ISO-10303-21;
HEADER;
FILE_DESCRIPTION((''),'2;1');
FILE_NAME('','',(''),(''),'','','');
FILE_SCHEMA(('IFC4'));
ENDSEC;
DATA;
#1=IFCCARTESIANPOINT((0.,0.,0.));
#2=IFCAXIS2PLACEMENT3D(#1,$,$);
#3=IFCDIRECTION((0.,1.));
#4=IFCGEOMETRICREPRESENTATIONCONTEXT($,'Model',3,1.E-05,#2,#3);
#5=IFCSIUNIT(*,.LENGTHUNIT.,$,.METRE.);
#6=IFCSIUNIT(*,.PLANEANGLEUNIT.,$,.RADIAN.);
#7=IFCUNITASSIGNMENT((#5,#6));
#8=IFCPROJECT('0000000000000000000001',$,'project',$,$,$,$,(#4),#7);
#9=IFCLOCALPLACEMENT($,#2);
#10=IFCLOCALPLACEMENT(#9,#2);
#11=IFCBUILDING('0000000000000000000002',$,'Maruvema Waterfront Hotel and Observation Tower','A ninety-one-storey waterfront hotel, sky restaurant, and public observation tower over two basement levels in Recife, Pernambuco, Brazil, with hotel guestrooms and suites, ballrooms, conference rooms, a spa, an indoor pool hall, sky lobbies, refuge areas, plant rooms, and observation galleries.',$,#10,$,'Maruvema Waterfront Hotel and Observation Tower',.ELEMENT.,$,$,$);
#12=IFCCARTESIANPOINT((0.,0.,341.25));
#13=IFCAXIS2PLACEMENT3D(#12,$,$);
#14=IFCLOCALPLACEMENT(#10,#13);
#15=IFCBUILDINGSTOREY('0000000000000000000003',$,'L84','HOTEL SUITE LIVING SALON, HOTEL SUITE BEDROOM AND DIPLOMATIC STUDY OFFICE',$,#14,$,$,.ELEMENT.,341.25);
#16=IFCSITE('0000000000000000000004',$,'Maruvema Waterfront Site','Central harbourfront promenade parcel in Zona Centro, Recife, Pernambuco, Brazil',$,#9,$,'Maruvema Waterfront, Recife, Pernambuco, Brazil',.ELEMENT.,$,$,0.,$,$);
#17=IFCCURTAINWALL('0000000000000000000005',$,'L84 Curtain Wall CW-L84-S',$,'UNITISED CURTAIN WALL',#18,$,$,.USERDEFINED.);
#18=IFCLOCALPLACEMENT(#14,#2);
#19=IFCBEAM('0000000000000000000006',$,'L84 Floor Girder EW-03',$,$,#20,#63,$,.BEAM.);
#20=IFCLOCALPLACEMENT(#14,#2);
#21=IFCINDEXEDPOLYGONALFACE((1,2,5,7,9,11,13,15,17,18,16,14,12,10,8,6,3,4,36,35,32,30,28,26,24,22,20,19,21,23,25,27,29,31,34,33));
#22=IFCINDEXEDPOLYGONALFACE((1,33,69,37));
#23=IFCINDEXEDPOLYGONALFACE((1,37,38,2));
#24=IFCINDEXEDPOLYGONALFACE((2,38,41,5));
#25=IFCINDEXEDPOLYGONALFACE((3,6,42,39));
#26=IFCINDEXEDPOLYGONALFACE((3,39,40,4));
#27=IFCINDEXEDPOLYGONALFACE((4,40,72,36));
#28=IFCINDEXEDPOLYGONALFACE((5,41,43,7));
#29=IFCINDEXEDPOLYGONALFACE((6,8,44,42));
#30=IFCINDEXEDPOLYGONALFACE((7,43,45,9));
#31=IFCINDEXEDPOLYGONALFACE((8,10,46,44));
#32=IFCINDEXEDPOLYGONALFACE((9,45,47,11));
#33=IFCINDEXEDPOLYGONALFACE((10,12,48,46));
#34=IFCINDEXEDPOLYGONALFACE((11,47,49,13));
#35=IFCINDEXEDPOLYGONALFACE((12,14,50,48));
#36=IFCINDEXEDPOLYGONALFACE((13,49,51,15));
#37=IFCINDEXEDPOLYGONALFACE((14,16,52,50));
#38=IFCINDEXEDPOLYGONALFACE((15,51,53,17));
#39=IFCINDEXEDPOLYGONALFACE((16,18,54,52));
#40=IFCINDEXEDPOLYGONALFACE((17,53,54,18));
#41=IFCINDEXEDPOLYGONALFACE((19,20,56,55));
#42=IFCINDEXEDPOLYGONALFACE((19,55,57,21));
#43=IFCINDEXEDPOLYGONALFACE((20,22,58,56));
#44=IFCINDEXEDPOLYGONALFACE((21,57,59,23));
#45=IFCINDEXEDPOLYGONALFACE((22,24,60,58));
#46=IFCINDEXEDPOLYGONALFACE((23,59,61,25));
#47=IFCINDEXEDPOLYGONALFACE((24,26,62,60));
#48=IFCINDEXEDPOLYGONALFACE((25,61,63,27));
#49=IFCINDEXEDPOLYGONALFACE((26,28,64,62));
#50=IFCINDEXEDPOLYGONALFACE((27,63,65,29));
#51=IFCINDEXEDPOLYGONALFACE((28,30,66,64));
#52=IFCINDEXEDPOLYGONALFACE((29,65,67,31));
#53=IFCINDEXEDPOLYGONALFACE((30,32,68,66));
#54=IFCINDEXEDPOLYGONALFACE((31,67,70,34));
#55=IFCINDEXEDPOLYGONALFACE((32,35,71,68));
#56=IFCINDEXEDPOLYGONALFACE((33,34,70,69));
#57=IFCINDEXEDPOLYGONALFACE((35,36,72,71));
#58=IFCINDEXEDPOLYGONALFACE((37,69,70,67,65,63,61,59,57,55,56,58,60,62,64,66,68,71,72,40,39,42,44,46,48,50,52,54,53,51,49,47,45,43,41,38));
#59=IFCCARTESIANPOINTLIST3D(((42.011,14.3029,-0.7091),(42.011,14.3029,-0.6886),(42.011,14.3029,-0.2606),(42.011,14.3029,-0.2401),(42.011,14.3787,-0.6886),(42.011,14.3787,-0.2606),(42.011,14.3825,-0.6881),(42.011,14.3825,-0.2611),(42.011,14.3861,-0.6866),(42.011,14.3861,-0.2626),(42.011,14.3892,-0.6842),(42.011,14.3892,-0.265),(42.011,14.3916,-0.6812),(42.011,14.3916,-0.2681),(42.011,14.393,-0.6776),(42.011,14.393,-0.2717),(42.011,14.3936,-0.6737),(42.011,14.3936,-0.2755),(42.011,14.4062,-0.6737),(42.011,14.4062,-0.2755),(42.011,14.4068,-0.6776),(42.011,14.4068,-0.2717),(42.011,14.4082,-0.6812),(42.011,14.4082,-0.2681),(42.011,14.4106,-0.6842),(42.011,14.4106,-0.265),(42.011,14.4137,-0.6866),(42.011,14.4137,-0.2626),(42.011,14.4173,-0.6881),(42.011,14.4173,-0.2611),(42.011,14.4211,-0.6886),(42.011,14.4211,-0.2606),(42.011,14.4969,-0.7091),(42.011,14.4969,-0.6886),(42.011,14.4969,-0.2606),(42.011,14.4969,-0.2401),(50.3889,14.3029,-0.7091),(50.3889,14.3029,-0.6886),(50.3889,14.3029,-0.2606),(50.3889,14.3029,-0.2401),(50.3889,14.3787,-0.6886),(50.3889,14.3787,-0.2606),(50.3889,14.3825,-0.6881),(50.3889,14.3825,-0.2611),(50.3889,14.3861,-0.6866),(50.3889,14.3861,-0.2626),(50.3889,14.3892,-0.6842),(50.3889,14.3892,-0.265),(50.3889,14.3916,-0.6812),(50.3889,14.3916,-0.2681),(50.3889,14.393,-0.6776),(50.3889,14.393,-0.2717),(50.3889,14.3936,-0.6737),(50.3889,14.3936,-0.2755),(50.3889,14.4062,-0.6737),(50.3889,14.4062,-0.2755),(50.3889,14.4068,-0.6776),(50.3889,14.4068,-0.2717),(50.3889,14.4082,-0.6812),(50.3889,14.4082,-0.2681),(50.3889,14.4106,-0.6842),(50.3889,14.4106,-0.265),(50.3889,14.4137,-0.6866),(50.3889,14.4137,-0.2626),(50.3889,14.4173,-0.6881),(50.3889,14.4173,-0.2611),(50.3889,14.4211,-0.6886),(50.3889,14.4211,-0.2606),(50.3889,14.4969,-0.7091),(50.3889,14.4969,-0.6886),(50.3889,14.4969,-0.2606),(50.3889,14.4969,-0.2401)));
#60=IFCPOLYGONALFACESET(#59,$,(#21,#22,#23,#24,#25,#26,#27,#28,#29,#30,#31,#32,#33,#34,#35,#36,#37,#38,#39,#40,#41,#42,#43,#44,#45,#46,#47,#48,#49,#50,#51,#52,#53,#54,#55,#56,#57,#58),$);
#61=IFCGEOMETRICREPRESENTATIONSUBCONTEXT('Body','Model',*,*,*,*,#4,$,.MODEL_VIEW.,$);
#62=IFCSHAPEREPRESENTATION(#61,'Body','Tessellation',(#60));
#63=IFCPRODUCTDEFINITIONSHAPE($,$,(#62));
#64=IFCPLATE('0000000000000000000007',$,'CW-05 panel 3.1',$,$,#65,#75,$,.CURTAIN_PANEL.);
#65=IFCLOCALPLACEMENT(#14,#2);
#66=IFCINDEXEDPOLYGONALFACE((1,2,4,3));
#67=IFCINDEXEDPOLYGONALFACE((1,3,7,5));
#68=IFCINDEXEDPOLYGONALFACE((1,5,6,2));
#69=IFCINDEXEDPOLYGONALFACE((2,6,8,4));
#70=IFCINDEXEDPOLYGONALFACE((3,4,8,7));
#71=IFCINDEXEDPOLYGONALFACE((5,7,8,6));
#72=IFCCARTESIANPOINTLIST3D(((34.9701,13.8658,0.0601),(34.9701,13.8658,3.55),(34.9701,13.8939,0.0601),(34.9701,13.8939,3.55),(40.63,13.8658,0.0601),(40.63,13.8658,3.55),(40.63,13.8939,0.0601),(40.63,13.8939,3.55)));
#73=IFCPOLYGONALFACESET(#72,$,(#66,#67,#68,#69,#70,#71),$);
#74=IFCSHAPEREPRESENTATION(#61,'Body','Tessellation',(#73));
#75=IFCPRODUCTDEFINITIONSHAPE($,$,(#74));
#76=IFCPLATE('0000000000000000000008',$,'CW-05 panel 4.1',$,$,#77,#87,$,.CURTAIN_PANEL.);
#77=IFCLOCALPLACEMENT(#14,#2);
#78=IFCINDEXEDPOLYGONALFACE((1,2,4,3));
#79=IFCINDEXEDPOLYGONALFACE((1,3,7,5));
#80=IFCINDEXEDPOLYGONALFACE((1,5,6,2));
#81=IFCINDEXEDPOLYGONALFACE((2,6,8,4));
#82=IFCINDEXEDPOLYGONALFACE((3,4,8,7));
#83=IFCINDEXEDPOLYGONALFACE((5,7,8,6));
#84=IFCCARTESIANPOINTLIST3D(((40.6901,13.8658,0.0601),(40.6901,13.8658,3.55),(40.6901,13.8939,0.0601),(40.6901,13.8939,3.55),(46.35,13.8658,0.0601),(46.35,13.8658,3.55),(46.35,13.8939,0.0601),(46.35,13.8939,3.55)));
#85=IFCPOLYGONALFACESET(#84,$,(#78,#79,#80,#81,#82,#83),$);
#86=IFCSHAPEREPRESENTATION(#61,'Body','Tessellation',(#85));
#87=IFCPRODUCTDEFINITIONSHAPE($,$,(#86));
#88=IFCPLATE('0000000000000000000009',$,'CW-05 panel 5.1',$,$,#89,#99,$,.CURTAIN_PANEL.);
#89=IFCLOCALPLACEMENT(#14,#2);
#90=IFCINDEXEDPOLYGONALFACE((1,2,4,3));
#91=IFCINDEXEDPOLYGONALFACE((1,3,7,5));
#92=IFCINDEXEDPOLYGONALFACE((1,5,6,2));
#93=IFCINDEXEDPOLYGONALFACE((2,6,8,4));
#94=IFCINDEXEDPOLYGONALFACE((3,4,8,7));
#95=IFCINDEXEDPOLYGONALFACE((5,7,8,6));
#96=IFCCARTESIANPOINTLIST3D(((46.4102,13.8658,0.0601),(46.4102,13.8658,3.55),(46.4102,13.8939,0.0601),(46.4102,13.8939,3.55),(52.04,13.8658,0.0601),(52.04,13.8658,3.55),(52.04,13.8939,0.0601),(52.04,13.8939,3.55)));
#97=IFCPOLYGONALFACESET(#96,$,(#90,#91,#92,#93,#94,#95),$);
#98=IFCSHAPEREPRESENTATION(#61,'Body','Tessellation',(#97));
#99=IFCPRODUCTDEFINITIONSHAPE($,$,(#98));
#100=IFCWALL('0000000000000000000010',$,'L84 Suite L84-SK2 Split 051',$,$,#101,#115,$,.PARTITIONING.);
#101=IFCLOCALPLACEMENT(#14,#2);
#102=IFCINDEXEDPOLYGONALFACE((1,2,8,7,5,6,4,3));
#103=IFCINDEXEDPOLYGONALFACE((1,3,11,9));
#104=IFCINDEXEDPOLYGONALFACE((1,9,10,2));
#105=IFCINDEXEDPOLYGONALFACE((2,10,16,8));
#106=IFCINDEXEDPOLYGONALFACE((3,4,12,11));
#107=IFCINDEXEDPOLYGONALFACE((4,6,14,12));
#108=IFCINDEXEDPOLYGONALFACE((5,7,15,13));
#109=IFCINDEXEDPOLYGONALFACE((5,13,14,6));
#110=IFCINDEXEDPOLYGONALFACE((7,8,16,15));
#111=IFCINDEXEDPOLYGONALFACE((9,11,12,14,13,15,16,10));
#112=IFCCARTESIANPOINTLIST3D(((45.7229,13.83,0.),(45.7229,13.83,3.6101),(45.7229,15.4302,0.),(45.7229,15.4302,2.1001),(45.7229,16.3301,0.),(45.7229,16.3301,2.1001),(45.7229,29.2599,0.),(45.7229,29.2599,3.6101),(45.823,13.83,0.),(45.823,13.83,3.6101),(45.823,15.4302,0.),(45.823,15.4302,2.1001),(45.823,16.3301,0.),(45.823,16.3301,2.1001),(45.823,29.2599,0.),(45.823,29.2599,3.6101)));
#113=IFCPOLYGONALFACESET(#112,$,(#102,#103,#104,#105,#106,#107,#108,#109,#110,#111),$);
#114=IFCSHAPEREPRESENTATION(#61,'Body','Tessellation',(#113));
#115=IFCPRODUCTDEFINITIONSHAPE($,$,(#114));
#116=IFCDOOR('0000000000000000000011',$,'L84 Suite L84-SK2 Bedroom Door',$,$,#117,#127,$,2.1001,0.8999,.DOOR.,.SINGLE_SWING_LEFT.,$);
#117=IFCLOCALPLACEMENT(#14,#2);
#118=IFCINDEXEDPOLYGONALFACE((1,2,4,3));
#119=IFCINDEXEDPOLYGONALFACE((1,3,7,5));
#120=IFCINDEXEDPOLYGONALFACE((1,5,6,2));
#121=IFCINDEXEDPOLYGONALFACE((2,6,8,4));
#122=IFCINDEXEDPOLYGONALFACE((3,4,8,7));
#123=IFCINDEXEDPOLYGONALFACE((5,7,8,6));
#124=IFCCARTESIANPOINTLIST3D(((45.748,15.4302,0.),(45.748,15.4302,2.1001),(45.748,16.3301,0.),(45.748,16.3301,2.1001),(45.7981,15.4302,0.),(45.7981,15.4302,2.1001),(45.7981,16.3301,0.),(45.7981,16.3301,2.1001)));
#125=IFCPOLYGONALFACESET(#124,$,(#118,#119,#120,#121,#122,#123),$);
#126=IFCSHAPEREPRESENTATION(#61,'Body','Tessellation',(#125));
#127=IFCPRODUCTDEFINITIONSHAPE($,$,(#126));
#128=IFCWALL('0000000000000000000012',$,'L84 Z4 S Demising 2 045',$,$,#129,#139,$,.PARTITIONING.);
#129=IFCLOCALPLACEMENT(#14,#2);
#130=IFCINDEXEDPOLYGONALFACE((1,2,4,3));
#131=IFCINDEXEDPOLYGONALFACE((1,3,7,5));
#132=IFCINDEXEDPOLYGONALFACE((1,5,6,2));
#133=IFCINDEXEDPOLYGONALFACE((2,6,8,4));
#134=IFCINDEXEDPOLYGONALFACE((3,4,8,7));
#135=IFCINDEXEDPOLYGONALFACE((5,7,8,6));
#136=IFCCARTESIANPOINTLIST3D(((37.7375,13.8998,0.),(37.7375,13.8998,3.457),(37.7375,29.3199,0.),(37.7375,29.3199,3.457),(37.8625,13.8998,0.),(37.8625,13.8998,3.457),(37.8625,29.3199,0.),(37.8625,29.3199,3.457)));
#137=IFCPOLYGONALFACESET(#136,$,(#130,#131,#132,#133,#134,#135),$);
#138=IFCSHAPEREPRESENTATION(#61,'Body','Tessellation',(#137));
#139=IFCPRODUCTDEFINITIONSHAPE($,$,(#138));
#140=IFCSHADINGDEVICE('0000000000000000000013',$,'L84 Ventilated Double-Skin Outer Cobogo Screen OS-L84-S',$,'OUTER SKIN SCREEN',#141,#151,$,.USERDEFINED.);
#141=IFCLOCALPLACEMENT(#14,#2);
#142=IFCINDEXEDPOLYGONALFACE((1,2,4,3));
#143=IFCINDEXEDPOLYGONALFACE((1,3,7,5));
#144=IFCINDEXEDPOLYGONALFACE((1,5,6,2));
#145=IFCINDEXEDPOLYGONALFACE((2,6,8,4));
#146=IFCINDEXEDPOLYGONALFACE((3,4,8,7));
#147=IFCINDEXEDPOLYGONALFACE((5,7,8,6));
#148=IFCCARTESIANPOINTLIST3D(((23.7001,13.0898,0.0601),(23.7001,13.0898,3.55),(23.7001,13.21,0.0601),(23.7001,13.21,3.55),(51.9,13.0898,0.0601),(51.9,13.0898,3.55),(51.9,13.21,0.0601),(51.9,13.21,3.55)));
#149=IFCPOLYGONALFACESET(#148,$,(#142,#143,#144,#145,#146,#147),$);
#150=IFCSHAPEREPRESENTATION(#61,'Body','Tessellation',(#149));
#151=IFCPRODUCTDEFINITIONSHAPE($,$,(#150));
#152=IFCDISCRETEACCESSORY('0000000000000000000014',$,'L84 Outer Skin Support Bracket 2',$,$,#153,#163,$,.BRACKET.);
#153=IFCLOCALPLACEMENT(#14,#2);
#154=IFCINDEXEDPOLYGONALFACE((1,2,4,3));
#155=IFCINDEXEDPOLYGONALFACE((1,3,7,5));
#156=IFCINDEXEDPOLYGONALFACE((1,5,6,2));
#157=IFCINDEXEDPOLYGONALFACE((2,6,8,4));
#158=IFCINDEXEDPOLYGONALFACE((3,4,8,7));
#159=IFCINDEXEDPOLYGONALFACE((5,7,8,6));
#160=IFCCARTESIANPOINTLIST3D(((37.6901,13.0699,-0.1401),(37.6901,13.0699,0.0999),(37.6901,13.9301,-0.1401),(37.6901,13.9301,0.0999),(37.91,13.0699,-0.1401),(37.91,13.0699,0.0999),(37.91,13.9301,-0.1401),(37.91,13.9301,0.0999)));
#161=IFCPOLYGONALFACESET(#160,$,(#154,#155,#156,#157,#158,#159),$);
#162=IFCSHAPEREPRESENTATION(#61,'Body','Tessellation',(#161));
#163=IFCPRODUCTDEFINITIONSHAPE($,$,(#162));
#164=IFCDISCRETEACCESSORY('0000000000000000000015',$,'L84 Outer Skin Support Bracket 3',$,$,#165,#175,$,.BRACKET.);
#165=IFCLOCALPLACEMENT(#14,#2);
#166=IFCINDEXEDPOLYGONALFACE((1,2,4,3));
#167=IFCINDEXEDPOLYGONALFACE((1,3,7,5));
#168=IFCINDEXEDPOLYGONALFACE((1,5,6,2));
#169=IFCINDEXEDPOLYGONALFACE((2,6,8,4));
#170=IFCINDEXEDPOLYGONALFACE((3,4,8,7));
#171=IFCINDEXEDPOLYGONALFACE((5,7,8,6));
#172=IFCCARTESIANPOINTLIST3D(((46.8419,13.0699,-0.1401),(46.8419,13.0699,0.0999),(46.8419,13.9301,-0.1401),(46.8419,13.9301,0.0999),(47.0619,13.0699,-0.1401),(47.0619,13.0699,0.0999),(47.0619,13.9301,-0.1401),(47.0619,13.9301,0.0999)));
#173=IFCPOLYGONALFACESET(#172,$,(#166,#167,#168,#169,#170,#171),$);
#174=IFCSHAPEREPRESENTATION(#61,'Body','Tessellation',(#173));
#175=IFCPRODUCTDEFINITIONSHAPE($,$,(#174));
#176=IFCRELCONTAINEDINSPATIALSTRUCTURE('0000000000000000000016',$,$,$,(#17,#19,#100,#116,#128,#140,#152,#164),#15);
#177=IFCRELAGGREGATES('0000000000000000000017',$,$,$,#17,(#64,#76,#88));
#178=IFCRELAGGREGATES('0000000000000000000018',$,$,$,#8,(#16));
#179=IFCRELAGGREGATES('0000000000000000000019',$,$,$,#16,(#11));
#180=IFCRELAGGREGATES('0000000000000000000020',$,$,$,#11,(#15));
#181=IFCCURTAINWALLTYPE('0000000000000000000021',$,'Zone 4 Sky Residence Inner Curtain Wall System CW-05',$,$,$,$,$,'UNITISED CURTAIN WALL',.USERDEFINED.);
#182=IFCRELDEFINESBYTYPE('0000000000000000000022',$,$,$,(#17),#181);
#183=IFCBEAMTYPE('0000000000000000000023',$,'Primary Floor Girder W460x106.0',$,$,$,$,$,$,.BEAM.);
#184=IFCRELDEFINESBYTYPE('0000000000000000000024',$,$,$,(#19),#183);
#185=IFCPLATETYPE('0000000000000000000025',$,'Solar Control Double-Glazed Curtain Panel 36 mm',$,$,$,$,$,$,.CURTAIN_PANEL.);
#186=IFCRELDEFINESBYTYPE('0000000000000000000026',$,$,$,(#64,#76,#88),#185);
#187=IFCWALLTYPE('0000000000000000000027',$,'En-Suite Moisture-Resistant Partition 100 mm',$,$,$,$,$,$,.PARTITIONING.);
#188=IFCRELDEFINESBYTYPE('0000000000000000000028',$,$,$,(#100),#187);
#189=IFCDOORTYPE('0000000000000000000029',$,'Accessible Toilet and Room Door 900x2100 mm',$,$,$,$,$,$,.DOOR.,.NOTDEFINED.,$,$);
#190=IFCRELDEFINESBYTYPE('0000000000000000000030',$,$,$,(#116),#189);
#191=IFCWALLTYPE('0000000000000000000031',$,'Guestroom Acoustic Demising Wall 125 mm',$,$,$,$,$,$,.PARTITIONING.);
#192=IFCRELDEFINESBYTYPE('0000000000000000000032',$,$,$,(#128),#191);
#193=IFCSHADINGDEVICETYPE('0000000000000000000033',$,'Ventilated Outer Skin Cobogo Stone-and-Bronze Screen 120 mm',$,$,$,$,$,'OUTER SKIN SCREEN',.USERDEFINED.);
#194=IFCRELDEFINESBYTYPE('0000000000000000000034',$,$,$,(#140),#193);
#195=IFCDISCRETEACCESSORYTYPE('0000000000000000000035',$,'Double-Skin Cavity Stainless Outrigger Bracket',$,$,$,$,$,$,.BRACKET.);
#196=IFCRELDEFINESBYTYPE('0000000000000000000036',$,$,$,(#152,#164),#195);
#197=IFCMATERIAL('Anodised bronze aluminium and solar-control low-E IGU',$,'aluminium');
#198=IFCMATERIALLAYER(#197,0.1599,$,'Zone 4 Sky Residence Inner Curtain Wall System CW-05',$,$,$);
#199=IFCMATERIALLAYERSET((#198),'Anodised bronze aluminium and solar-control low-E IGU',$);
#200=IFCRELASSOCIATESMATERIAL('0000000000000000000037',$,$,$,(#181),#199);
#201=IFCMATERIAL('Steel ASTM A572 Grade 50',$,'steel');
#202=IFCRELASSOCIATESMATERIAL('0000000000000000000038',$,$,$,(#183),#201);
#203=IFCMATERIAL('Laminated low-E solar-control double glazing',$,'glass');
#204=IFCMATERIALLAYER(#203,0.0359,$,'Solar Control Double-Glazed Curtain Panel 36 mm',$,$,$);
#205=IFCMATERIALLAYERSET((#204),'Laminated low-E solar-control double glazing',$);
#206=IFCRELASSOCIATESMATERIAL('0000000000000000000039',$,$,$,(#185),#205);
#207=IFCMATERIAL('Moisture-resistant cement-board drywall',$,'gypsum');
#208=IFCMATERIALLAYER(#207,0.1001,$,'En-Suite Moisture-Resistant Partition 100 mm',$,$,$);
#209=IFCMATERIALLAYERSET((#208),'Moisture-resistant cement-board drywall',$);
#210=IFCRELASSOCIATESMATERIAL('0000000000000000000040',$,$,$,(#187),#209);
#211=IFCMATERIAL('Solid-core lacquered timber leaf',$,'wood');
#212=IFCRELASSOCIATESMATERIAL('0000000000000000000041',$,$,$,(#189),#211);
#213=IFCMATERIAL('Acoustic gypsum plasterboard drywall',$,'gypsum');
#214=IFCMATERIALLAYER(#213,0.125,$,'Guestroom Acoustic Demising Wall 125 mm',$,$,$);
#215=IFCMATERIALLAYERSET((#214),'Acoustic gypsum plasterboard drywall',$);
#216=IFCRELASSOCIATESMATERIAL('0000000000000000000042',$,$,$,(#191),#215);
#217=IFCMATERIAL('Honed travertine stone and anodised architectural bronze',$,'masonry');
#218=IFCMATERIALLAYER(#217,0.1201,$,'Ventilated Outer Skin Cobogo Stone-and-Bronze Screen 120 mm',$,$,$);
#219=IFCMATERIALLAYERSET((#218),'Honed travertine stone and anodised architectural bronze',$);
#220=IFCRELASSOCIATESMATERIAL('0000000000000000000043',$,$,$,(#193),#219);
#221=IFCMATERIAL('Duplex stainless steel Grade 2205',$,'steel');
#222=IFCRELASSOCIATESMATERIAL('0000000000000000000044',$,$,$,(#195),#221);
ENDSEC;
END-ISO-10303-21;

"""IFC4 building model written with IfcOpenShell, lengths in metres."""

from ifc_helpers import new_model, si_unit, direction, frame, frame_2d, origin, origin_2d, place, context, subcontext, project, spatial, rectangle, i_section, extrude, material, layer, layer_set, material_profile, profile_set, type_object, element, fill, aggregate, save


model = new_model("IFC4")

# Units and contexts
model_context = context("Model", 3, precision=1e-05, world=origin(), true_north=direction((0.0, 1.0)))
body_context = subcontext(model_context, "Body", "Model", "MODEL_VIEW")
ifc_project = project(units=[si_unit("LENGTHUNIT", "METRE"), si_unit("PLANEANGLEUNIT", "RADIAN")], contexts=[model_context])

# Site, building, storey
site_placement = place(None, origin())
site = spatial("IfcSite", under=ifc_project, at=site_placement, Name="Maruvema Waterfront Site", Description="Central harbourfront promenade parcel in Zona Centro, Recife, Pernambuco, Brazil", LongName="Maruvema Waterfront, Recife, Pernambuco, Brazil", CompositionType="ELEMENT", RefElevation=0.0)
building_placement = place(site_placement, origin())
building = spatial("IfcBuilding", under=site, at=building_placement, Name="Maruvema Waterfront Hotel and Observation Tower", Description="A ninety-one-storey waterfront hotel, sky restaurant, and public observation tower over two basement levels in Recife, Pernambuco, Brazil, with hotel guestrooms and suites, ballrooms, conference rooms, a spa, an indoor pool hall, sky lobbies, refuge areas, plant rooms, and observation galleries.", LongName="Maruvema Waterfront Hotel and Observation Tower", CompositionType="ELEMENT")
storey_placement = place(building_placement, frame((0.0, 0.0, 341.25)))
storey = spatial("IfcBuildingStorey", under=building, at=storey_placement, Name="L84", Description="HOTEL SUITE LIVING SALON, HOTEL SUITE BEDROOM AND DIPLOMATIC STUDY OFFICE", CompositionType="ELEMENT", Elevation=341.25)

# Curtain wall
ifc_material_1 = material(Name="Anodised bronze aluminium and solar-control low-E IGU", Category="aluminium")
ifc_layer_1 = layer(ifc_material_1, 0.1599, Name="Zone 4 Sky Residence Inner Curtain Wall System CW-05")
ifc_layer_set_1 = layer_set([ifc_layer_1], Name="Anodised bronze aluminium and solar-control low-E IGU")
curtain_wall_type = type_object("IfcCurtainWallType", Name="Zone 4 Sky Residence Inner Curtain Wall System CW-05", ElementType="UNITISED CURTAIN WALL", PredefinedType="USERDEFINED", material=ifc_layer_set_1)
curtain_wall_placement = place(storey_placement, origin())
curtain_wall = element("IfcCurtainWall", 1, at=curtain_wall_placement, inside=storey, type_object=curtain_wall_type, Name="L84 Curtain Wall CW-L84-S", ObjectType="UNITISED CURTAIN WALL", PredefinedType="USERDEFINED")

# Beam
ifc_material_2 = material(Name="Steel ASTM A572 Grade 50", Category="steel")
ifc_material_profile_1 = material_profile(ifc_material_2, i_section(OverallWidth=0.1941, OverallDepth=0.469, WebThickness=0.0127, FlangeThickness=0.0205, FilletRadius=0.0149, at=origin_2d()), Name="W460x106.0")
ifc_profile_set_1 = profile_set([ifc_material_profile_1], Name="Steel ASTM A572 Grade 50")
beam_type = type_object("IfcBeamType", Name="Primary Floor Girder W460x106.0", PredefinedType="BEAM", material=ifc_profile_set_1)
beam_placement = place(storey_placement, frame((42.011, 14.3999, -0.4746), z_axis=(1.0, 0.0, 0.0), x_axis=(0.0, 1.0, 0.0)))
element("IfcBeam", 2, at=beam_placement, inside=storey, type_object=beam_type, Name="L84 Floor Girder EW-03", PredefinedType="BEAM", context=body_context, shape_type="SweptSolid", body=[
    extrude(i_section(OverallWidth=0.1941, OverallDepth=0.469, WebThickness=0.0127, FlangeThickness=0.0205, FilletRadius=0.0149, at=origin_2d()), origin(), (0.0, 0.0, 1.0), 8.3779),
])

# Plates
ifc_material_3 = material(Name="Laminated low-E solar-control double glazing", Category="glass")
ifc_layer_2 = layer(ifc_material_3, 0.0359, Name="Solar Control Double-Glazed Curtain Panel 36 mm")
ifc_layer_set_2 = layer_set([ifc_layer_2], Name="Laminated low-E solar-control double glazing")
plate_type = type_object("IfcPlateType", Name="Solar Control Double-Glazed Curtain Panel 36 mm", PredefinedType="CURTAIN_PANEL", material=ifc_layer_set_2)
plate_1_placement = place(storey_placement, frame((37.8, 13.8799, 0.0601), z_axis=(0.0, 0.0, 1.0), x_axis=(1.0, 0.0, 0.0)))
plate_1 = element("IfcPlate", 3, at=plate_1_placement, type_object=plate_type, Name="CW-05 panel 3.1", PredefinedType="CURTAIN_PANEL", context=body_context, shape_type="SweptSolid", body=[
    extrude(rectangle(XDim=5.6599, YDim=0.0281, at=origin_2d()), origin(), (0.0, 0.0, 1.0), 3.49),
])
plate_2_placement = place(storey_placement, frame((43.52, 13.8799, 0.0601), z_axis=(0.0, 0.0, 1.0), x_axis=(1.0, 0.0, 0.0)))
plate_2 = element("IfcPlate", 4, at=plate_2_placement, type_object=plate_type, Name="CW-05 panel 4.1", PredefinedType="CURTAIN_PANEL", context=body_context, shape_type="SweptSolid", body=[
    extrude(rectangle(XDim=5.6599, YDim=0.0281, at=origin_2d()), origin(), (0.0, 0.0, 1.0), 3.49),
])
plate_3_placement = place(storey_placement, frame((49.2251, 13.8799, 0.0601), z_axis=(0.0, 0.0, 1.0), x_axis=(1.0, 0.0, 0.0)))
plate_3 = element("IfcPlate", 5, at=plate_3_placement, type_object=plate_type, Name="CW-05 panel 5.1", PredefinedType="CURTAIN_PANEL", context=body_context, shape_type="SweptSolid", body=[
    extrude(rectangle(XDim=5.6299, YDim=0.0281, at=origin_2d()), origin(), (0.0, 0.0, 1.0), 3.49),
])
aggregate(curtain_wall, [plate_1, plate_2, plate_3])

# Wall, opening, door
ifc_material_4 = material(Name="Moisture-resistant cement-board drywall", Category="gypsum")
ifc_layer_3 = layer(ifc_material_4, 0.1001, Name="En-Suite Moisture-Resistant Partition 100 mm")
ifc_layer_set_3 = layer_set([ifc_layer_3], Name="Moisture-resistant cement-board drywall")
wall_type_1 = type_object("IfcWallType", Name="En-Suite Moisture-Resistant Partition 100 mm", PredefinedType="PARTITIONING", material=ifc_layer_set_3)
wall_1_placement = place(storey_placement, frame((45.7729, 13.8301, 0.0), z_axis=(0.0, 0.0, 1.0), x_axis=(0.0, 1.0, 0.0)))
wall_1 = element("IfcWall", 6, at=wall_1_placement, inside=storey, type_object=wall_type_1, Name="L84 Suite L84-SK2 Split 051", PredefinedType="PARTITIONING", context=body_context, shape_type="SweptSolid", body=[
    extrude(rectangle(XDim=15.4299, YDim=0.1001, at=frame_2d((7.7148, 0.0))), origin(), (0.0, 0.0, 1.0), 3.6101),
])
opening_placement = place(wall_1_placement, frame((1.6001, 0.0, 0.0)))
opening = element("IfcOpeningElement", 7, at=opening_placement, cuts=wall_1, PredefinedType="OPENING", context=body_context, shape_type="SweptSolid", body=[
    extrude(rectangle(XDim=0.8999, YDim=2.1001, at=frame_2d((0.45, 1.05))), frame((0.0, 0.0601, 0.0), z_axis=(0.0, -1.0, 0.0), x_axis=(1.0, 0.0, 0.0)), (0.0, 0.0, 1.0), 0.1201),
])
ifc_material_5 = material(Name="Solid-core lacquered timber leaf", Category="wood")
door_type = type_object("IfcDoorType", Name="Accessible Toilet and Room Door 900x2100 mm", OperationType="NOTDEFINED", PredefinedType="DOOR", material=ifc_material_5)
door_placement = place(opening_placement, origin())
door = element("IfcDoor", 8, at=door_placement, inside=storey, type_object=door_type, Name="L84 Suite L84-SK2 Bedroom Door", OperationType="SINGLE_SWING_LEFT", OverallHeight=2.1001, OverallWidth=0.8999, PredefinedType="DOOR", context=body_context, shape_type="SweptSolid", body=[
    extrude(rectangle(XDim=0.8999, YDim=2.1001, at=frame_2d((0.45, 1.05))), frame((0.0, 0.0249, 0.0), z_axis=(0.0, -1.0, 0.0), x_axis=(1.0, 0.0, 0.0)), (0.0, 0.0, 1.0), 0.05),
])
fill(opening, door)

# Wall
ifc_material_6 = material(Name="Acoustic gypsum plasterboard drywall", Category="gypsum")
ifc_layer_4 = layer(ifc_material_6, 0.125, Name="Guestroom Acoustic Demising Wall 125 mm")
ifc_layer_set_4 = layer_set([ifc_layer_4], Name="Acoustic gypsum plasterboard drywall")
wall_type_2 = type_object("IfcWallType", Name="Guestroom Acoustic Demising Wall 125 mm", PredefinedType="PARTITIONING", material=ifc_layer_set_4)
wall_2_placement = place(storey_placement, frame((37.8, 13.8999, 0.0), z_axis=(0.0, 0.0, 1.0), x_axis=(0.0, 1.0, 0.0)))
element("IfcWall", 9, at=wall_2_placement, inside=storey, type_object=wall_type_2, Name="L84 Z4 S Demising 2 045", PredefinedType="PARTITIONING", context=body_context, shape_type="SweptSolid", body=[
    extrude(rectangle(XDim=15.4202, YDim=0.125, at=frame_2d((7.71, 0.0))), origin(), (0.0, 0.0, 1.0), 3.457),
])

# Shading device
ifc_material_7 = material(Name="Honed travertine stone and anodised architectural bronze", Category="masonry")
ifc_layer_5 = layer(ifc_material_7, 0.1201, Name="Ventilated Outer Skin Cobogo Stone-and-Bronze Screen 120 mm")
ifc_layer_set_5 = layer_set([ifc_layer_5], Name="Honed travertine stone and anodised architectural bronze")
shading_device_type = type_object("IfcShadingDeviceType", Name="Ventilated Outer Skin Cobogo Stone-and-Bronze Screen 120 mm", ElementType="OUTER SKIN SCREEN", PredefinedType="USERDEFINED", material=ifc_layer_set_5)
shading_device_placement = place(storey_placement, frame((37.8, 13.1499, 0.0601), z_axis=(0.0, 0.0, 1.0), x_axis=(1.0, 0.0, 0.0)))
element("IfcShadingDevice", 10, at=shading_device_placement, inside=storey, type_object=shading_device_type, Name="L84 Ventilated Double-Skin Outer Cobogo Screen OS-L84-S", ObjectType="OUTER SKIN SCREEN", PredefinedType="USERDEFINED", context=body_context, shape_type="SweptSolid", body=[
    extrude(rectangle(XDim=28.2, YDim=0.1201, at=origin_2d()), origin(), (0.0, 0.0, 1.0), 3.49),
])

# Discrete accessories
ifc_material_8 = material(Name="Duplex stainless steel Grade 2205", Category="steel")
discrete_accessory_type = type_object("IfcDiscreteAccessoryType", Name="Double-Skin Cavity Stainless Outrigger Bracket", PredefinedType="BRACKET", material=ifc_material_8)
for number, where, z_axis, x_axis, name in (
    (11, (37.8, 13.5, -0.1401), (0.0, 0.0, 1.0), (1.0, 0.0, 0.0), "L84 Outer Skin Support Bracket 2"),
    (12, (46.9519, 13.5, -0.1401), (0.0, 0.0, 1.0), (1.0, 0.0, 0.0), "L84 Outer Skin Support Bracket 3"),
):
    element("IfcDiscreteAccessory", number, at=place(storey_placement, frame(where, z_axis=z_axis, x_axis=x_axis)), inside=storey, type_object=discrete_accessory_type, Name=name, PredefinedType="BRACKET", context=body_context, shape_type="SweptSolid", body=[
        extrude(rectangle(XDim=0.22, YDim=0.8601, at=origin_2d()), origin(), (0.0, 0.0, 1.0), 0.24),
    ])

save(model, "model.ifc")
